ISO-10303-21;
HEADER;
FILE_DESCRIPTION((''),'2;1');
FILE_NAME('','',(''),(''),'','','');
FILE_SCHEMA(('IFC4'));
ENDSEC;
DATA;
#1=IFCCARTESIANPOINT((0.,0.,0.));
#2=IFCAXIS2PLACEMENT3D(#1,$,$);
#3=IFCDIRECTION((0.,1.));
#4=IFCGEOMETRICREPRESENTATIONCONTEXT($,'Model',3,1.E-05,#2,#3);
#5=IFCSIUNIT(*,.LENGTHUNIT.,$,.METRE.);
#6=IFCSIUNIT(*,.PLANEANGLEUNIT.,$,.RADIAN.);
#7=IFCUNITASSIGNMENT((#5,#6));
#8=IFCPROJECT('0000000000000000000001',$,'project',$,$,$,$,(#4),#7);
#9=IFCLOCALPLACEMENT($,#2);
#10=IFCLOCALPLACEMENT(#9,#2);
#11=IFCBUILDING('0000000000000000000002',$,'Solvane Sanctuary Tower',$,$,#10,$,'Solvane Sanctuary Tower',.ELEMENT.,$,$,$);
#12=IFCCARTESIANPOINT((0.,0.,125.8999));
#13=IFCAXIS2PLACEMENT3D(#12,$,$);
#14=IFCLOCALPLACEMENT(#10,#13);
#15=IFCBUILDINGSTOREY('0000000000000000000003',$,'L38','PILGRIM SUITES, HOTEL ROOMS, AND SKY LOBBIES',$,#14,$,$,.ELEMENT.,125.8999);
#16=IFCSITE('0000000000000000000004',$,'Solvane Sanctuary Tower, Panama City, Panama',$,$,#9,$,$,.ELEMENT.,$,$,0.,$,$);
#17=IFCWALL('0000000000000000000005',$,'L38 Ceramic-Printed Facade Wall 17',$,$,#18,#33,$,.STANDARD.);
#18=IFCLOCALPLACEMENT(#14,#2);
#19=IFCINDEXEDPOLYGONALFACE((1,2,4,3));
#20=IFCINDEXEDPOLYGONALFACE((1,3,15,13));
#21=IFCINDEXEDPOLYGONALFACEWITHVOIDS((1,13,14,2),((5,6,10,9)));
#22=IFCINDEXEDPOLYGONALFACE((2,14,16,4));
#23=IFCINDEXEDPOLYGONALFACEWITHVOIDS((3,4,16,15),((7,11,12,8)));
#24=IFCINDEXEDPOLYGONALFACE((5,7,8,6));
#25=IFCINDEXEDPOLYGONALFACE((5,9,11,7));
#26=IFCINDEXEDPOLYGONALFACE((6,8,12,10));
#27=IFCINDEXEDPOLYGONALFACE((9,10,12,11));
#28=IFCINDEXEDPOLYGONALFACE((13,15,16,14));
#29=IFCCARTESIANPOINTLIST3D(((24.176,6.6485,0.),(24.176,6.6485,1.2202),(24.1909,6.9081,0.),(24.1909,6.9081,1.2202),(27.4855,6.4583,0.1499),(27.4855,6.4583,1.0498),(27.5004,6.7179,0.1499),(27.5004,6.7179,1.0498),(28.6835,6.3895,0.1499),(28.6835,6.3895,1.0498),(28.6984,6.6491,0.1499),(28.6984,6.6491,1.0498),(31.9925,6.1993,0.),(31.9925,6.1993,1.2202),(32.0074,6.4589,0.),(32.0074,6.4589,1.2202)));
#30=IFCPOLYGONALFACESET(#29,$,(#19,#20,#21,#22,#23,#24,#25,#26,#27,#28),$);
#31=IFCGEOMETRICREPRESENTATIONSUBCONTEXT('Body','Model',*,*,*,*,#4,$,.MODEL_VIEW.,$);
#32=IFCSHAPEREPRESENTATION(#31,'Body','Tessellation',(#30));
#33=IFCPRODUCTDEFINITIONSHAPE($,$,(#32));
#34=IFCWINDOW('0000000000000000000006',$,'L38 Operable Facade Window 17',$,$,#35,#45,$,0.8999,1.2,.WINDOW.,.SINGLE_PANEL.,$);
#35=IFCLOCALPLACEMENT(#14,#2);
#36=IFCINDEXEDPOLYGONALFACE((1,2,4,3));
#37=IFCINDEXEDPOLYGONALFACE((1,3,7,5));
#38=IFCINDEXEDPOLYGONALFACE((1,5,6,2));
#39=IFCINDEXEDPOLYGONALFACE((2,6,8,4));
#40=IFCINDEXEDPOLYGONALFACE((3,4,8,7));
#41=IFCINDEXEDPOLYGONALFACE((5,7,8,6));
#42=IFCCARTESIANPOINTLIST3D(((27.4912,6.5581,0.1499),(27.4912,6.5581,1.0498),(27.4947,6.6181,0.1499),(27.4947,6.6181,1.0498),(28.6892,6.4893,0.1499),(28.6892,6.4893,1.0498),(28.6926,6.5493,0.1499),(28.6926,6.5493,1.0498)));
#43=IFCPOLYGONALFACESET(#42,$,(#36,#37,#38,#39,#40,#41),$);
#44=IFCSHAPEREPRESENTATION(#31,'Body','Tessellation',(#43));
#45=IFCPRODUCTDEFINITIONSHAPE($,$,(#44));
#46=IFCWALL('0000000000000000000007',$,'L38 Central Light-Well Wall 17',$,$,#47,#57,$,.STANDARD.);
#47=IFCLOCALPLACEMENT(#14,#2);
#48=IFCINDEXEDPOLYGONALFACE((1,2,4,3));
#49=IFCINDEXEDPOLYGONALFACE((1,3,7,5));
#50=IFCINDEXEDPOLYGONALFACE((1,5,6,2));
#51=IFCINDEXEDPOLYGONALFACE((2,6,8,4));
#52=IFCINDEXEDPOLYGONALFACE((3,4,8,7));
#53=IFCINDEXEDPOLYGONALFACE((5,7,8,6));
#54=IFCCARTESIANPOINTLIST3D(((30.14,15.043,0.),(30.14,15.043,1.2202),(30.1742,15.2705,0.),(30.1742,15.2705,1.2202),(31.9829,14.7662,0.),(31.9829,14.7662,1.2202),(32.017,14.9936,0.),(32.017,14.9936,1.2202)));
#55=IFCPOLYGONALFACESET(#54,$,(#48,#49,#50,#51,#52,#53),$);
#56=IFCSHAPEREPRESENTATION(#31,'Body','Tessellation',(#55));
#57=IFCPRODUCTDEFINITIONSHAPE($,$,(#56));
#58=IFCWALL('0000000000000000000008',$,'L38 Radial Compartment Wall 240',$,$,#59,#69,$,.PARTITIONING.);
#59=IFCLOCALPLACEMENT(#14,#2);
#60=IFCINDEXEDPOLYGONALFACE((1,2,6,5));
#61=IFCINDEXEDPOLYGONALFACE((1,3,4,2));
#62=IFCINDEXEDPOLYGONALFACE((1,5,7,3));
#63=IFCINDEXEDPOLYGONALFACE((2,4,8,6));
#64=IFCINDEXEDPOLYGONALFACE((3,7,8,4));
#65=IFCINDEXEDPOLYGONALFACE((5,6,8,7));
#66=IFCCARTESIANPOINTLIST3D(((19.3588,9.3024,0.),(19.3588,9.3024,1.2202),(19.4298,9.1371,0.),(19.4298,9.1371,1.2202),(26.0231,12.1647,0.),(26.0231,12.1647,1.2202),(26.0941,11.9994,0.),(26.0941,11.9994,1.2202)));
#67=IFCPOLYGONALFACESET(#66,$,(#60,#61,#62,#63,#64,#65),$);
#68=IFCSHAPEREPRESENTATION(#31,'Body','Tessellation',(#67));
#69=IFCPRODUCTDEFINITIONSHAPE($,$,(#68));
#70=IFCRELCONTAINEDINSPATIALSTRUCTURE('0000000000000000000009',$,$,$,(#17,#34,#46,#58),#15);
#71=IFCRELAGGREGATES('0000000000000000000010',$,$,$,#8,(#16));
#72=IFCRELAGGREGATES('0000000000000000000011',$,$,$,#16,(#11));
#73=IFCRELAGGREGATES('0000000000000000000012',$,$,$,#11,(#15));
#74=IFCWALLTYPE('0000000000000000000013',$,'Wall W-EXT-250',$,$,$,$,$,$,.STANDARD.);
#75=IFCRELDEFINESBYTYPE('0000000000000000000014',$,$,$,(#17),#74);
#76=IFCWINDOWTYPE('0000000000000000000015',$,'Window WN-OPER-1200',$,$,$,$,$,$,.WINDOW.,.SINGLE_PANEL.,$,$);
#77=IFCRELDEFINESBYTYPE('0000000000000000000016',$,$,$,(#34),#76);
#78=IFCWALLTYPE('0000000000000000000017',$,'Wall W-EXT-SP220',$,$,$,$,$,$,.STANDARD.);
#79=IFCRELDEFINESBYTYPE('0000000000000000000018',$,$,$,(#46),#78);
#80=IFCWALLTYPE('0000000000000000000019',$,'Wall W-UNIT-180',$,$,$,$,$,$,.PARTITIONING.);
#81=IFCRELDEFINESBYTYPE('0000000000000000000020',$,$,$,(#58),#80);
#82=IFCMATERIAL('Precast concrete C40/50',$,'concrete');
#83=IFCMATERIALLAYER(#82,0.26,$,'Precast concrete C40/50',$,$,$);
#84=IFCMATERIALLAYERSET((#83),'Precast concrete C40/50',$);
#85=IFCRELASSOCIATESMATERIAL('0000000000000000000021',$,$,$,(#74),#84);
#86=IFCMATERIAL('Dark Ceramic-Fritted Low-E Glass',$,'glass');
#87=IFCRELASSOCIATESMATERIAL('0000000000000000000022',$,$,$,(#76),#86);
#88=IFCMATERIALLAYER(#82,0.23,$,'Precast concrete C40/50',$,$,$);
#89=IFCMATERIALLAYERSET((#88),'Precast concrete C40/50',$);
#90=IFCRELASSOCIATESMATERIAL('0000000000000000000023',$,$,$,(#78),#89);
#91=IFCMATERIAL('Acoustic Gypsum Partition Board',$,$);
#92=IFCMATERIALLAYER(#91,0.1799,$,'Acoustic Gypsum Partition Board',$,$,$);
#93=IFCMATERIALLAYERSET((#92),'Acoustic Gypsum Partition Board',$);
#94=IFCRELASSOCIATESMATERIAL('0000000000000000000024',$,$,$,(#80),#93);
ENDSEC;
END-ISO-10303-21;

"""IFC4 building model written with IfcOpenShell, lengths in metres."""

from ifc_helpers import new_model, si_unit, direction, frame, frame_2d, origin, place, context, subcontext, project, spatial, rectangle, extrude, material, layer, layer_set, type_object, element, fill, save


model = new_model("IFC4")

# Units and contexts
model_context = context("Model", 3, precision=1e-05, world=origin(), true_north=direction((0.0, 1.0)))
body_context = subcontext(model_context, "Body", "Model", "MODEL_VIEW")
ifc_project = project(units=[si_unit("LENGTHUNIT", "METRE"), si_unit("PLANEANGLEUNIT", "RADIAN")], contexts=[model_context])

# Site, building, storey
site_placement = place(None, origin())
site = spatial("IfcSite", under=ifc_project, at=site_placement, Name="Solvane Sanctuary Tower, Panama City, Panama", CompositionType="ELEMENT", RefElevation=0.0)
building_placement = place(site_placement, origin())
building = spatial("IfcBuilding", under=site, at=building_placement, Name="Solvane Sanctuary Tower", LongName="Solvane Sanctuary Tower", CompositionType="ELEMENT")
storey_placement = place(building_placement, frame((0.0, 0.0, 125.8999)))
storey = spatial("IfcBuildingStorey", under=building, at=storey_placement, Name="L38", Description="PILGRIM SUITES, HOTEL ROOMS, AND SKY LOBBIES", CompositionType="ELEMENT", Elevation=125.8999)

# Shared definitions
ifc_material_1 = material(Name="Acoustic Gypsum Partition Board")

# Wall, opening, window
ifc_material_2 = material(Name="Precast concrete C40/50", Category="concrete")
ifc_layer_1 = layer(ifc_material_2, 0.26, Name="Precast concrete C40/50")
ifc_layer_set_1 = layer_set([ifc_layer_1], Name="Precast concrete C40/50")
wall_type_1 = type_object("IfcWallType", Name="Wall W-EXT-250", PredefinedType="STANDARD", material=ifc_layer_set_1)
wall_1_placement = place(storey_placement, frame((24.1836, 6.7783, 0.0), z_axis=(0.0, 0.0, 1.0), x_axis=(0.998353, -0.057377, 0.0)))
wall_1 = element("IfcWall", 1, at=wall_1_placement, inside=storey, type_object=wall_type_1, Name="L38 Ceramic-Printed Facade Wall 17", PredefinedType="STANDARD", context=body_context, shape_type="SweptSolid", body=[
    extrude(rectangle(XDim=7.8293, YDim=0.26, at=frame_2d((3.9146, 0.0))), origin(), (0.0, 0.0, 1.0), 1.2202),
])
opening_1_placement = place(wall_1_placement, frame((3.3147, 0.0, 0.1499)))
opening_1 = element("IfcOpeningElement", 2, at=opening_1_placement, cuts=wall_1, PredefinedType="OPENING", context=body_context, shape_type="SweptSolid", body=[
    extrude(rectangle(XDim=1.2, YDim=0.8999, at=frame_2d((0.6001, 0.45))), frame((0.0, 0.1399, 0.0), z_axis=(0.0, -1.0, 0.0), x_axis=(1.0, 0.0, 0.0)), (0.0, 0.0, 1.0), 0.28),
])
ifc_material_3 = material(Name="Dark Ceramic-Fritted Low-E Glass", Category="glass")
window_type = type_object("IfcWindowType", Name="Window WN-OPER-1200", PartitioningType="SINGLE_PANEL", PredefinedType="WINDOW", material=ifc_material_3)
window_placement = place(opening_1_placement, origin())
window = element("IfcWindow", 3, at=window_placement, inside=storey, type_object=window_type, Name="L38 Operable Facade Window 17", OverallHeight=0.8999, OverallWidth=1.2, PartitioningType="SINGLE_PANEL", PredefinedType="WINDOW", context=body_context, shape_type="SweptSolid", body=[
    extrude(rectangle(XDim=1.2, YDim=0.8999, at=frame_2d((0.6001, 0.45))), frame((0.0, 0.03, 0.0), z_axis=(0.0, -1.0, 0.0), x_axis=(1.0, 0.0, 0.0)), (0.0, 0.0, 1.0), 0.0601),
])
fill(opening_1, window)

# Walls
ifc_layer_2 = layer(ifc_material_2, 0.23, Name="Precast concrete C40/50")
ifc_layer_set_2 = layer_set([ifc_layer_2], Name="Precast concrete C40/50")
wall_type_2 = type_object("IfcWallType", Name="Wall W-EXT-SP220", PredefinedType="STANDARD", material=ifc_layer_set_2)
wall_2_placement = place(storey_placement, frame((30.1572, 15.1567, 0.0), z_axis=(0.0, 0.0, 1.0), x_axis=(0.988902, -0.148571, 0.0)))
element("IfcWall", 4, at=wall_2_placement, inside=storey, type_object=wall_type_2, Name="L38 Central Light-Well Wall 17", PredefinedType="STANDARD", context=body_context, shape_type="SweptSolid", body=[
    extrude(rectangle(XDim=1.8635, YDim=0.23, at=frame_2d((0.9316, 0.0))), origin(), (0.0, 0.0, 1.0), 1.2202),
])
ifc_layer_3 = layer(ifc_material_1, 0.1799, Name="Acoustic Gypsum Partition Board")
ifc_layer_set_3 = layer_set([ifc_layer_3], Name="Acoustic Gypsum Partition Board")
wall_type_3 = type_object("IfcWallType", Name="Wall W-UNIT-180", PredefinedType="PARTITIONING", material=ifc_layer_set_3)
wall_3_placement = place(storey_placement, frame((26.0586, 12.082, 0.0), z_axis=(0.0, 0.0, 1.0), x_axis=(-0.918837, -0.394638, 0.0)))
element("IfcWall", 5, at=wall_3_placement, inside=storey, type_object=wall_type_3, Name="L38 Radial Compartment Wall 240", PredefinedType="PARTITIONING", context=body_context, shape_type="SweptSolid", body=[
    extrude(rectangle(XDim=7.2529, YDim=0.1799, at=frame_2d((3.6265, 0.0))), origin(), (0.0, 0.0, 1.0), 1.2202),
])

save(model, "model.ifc")
